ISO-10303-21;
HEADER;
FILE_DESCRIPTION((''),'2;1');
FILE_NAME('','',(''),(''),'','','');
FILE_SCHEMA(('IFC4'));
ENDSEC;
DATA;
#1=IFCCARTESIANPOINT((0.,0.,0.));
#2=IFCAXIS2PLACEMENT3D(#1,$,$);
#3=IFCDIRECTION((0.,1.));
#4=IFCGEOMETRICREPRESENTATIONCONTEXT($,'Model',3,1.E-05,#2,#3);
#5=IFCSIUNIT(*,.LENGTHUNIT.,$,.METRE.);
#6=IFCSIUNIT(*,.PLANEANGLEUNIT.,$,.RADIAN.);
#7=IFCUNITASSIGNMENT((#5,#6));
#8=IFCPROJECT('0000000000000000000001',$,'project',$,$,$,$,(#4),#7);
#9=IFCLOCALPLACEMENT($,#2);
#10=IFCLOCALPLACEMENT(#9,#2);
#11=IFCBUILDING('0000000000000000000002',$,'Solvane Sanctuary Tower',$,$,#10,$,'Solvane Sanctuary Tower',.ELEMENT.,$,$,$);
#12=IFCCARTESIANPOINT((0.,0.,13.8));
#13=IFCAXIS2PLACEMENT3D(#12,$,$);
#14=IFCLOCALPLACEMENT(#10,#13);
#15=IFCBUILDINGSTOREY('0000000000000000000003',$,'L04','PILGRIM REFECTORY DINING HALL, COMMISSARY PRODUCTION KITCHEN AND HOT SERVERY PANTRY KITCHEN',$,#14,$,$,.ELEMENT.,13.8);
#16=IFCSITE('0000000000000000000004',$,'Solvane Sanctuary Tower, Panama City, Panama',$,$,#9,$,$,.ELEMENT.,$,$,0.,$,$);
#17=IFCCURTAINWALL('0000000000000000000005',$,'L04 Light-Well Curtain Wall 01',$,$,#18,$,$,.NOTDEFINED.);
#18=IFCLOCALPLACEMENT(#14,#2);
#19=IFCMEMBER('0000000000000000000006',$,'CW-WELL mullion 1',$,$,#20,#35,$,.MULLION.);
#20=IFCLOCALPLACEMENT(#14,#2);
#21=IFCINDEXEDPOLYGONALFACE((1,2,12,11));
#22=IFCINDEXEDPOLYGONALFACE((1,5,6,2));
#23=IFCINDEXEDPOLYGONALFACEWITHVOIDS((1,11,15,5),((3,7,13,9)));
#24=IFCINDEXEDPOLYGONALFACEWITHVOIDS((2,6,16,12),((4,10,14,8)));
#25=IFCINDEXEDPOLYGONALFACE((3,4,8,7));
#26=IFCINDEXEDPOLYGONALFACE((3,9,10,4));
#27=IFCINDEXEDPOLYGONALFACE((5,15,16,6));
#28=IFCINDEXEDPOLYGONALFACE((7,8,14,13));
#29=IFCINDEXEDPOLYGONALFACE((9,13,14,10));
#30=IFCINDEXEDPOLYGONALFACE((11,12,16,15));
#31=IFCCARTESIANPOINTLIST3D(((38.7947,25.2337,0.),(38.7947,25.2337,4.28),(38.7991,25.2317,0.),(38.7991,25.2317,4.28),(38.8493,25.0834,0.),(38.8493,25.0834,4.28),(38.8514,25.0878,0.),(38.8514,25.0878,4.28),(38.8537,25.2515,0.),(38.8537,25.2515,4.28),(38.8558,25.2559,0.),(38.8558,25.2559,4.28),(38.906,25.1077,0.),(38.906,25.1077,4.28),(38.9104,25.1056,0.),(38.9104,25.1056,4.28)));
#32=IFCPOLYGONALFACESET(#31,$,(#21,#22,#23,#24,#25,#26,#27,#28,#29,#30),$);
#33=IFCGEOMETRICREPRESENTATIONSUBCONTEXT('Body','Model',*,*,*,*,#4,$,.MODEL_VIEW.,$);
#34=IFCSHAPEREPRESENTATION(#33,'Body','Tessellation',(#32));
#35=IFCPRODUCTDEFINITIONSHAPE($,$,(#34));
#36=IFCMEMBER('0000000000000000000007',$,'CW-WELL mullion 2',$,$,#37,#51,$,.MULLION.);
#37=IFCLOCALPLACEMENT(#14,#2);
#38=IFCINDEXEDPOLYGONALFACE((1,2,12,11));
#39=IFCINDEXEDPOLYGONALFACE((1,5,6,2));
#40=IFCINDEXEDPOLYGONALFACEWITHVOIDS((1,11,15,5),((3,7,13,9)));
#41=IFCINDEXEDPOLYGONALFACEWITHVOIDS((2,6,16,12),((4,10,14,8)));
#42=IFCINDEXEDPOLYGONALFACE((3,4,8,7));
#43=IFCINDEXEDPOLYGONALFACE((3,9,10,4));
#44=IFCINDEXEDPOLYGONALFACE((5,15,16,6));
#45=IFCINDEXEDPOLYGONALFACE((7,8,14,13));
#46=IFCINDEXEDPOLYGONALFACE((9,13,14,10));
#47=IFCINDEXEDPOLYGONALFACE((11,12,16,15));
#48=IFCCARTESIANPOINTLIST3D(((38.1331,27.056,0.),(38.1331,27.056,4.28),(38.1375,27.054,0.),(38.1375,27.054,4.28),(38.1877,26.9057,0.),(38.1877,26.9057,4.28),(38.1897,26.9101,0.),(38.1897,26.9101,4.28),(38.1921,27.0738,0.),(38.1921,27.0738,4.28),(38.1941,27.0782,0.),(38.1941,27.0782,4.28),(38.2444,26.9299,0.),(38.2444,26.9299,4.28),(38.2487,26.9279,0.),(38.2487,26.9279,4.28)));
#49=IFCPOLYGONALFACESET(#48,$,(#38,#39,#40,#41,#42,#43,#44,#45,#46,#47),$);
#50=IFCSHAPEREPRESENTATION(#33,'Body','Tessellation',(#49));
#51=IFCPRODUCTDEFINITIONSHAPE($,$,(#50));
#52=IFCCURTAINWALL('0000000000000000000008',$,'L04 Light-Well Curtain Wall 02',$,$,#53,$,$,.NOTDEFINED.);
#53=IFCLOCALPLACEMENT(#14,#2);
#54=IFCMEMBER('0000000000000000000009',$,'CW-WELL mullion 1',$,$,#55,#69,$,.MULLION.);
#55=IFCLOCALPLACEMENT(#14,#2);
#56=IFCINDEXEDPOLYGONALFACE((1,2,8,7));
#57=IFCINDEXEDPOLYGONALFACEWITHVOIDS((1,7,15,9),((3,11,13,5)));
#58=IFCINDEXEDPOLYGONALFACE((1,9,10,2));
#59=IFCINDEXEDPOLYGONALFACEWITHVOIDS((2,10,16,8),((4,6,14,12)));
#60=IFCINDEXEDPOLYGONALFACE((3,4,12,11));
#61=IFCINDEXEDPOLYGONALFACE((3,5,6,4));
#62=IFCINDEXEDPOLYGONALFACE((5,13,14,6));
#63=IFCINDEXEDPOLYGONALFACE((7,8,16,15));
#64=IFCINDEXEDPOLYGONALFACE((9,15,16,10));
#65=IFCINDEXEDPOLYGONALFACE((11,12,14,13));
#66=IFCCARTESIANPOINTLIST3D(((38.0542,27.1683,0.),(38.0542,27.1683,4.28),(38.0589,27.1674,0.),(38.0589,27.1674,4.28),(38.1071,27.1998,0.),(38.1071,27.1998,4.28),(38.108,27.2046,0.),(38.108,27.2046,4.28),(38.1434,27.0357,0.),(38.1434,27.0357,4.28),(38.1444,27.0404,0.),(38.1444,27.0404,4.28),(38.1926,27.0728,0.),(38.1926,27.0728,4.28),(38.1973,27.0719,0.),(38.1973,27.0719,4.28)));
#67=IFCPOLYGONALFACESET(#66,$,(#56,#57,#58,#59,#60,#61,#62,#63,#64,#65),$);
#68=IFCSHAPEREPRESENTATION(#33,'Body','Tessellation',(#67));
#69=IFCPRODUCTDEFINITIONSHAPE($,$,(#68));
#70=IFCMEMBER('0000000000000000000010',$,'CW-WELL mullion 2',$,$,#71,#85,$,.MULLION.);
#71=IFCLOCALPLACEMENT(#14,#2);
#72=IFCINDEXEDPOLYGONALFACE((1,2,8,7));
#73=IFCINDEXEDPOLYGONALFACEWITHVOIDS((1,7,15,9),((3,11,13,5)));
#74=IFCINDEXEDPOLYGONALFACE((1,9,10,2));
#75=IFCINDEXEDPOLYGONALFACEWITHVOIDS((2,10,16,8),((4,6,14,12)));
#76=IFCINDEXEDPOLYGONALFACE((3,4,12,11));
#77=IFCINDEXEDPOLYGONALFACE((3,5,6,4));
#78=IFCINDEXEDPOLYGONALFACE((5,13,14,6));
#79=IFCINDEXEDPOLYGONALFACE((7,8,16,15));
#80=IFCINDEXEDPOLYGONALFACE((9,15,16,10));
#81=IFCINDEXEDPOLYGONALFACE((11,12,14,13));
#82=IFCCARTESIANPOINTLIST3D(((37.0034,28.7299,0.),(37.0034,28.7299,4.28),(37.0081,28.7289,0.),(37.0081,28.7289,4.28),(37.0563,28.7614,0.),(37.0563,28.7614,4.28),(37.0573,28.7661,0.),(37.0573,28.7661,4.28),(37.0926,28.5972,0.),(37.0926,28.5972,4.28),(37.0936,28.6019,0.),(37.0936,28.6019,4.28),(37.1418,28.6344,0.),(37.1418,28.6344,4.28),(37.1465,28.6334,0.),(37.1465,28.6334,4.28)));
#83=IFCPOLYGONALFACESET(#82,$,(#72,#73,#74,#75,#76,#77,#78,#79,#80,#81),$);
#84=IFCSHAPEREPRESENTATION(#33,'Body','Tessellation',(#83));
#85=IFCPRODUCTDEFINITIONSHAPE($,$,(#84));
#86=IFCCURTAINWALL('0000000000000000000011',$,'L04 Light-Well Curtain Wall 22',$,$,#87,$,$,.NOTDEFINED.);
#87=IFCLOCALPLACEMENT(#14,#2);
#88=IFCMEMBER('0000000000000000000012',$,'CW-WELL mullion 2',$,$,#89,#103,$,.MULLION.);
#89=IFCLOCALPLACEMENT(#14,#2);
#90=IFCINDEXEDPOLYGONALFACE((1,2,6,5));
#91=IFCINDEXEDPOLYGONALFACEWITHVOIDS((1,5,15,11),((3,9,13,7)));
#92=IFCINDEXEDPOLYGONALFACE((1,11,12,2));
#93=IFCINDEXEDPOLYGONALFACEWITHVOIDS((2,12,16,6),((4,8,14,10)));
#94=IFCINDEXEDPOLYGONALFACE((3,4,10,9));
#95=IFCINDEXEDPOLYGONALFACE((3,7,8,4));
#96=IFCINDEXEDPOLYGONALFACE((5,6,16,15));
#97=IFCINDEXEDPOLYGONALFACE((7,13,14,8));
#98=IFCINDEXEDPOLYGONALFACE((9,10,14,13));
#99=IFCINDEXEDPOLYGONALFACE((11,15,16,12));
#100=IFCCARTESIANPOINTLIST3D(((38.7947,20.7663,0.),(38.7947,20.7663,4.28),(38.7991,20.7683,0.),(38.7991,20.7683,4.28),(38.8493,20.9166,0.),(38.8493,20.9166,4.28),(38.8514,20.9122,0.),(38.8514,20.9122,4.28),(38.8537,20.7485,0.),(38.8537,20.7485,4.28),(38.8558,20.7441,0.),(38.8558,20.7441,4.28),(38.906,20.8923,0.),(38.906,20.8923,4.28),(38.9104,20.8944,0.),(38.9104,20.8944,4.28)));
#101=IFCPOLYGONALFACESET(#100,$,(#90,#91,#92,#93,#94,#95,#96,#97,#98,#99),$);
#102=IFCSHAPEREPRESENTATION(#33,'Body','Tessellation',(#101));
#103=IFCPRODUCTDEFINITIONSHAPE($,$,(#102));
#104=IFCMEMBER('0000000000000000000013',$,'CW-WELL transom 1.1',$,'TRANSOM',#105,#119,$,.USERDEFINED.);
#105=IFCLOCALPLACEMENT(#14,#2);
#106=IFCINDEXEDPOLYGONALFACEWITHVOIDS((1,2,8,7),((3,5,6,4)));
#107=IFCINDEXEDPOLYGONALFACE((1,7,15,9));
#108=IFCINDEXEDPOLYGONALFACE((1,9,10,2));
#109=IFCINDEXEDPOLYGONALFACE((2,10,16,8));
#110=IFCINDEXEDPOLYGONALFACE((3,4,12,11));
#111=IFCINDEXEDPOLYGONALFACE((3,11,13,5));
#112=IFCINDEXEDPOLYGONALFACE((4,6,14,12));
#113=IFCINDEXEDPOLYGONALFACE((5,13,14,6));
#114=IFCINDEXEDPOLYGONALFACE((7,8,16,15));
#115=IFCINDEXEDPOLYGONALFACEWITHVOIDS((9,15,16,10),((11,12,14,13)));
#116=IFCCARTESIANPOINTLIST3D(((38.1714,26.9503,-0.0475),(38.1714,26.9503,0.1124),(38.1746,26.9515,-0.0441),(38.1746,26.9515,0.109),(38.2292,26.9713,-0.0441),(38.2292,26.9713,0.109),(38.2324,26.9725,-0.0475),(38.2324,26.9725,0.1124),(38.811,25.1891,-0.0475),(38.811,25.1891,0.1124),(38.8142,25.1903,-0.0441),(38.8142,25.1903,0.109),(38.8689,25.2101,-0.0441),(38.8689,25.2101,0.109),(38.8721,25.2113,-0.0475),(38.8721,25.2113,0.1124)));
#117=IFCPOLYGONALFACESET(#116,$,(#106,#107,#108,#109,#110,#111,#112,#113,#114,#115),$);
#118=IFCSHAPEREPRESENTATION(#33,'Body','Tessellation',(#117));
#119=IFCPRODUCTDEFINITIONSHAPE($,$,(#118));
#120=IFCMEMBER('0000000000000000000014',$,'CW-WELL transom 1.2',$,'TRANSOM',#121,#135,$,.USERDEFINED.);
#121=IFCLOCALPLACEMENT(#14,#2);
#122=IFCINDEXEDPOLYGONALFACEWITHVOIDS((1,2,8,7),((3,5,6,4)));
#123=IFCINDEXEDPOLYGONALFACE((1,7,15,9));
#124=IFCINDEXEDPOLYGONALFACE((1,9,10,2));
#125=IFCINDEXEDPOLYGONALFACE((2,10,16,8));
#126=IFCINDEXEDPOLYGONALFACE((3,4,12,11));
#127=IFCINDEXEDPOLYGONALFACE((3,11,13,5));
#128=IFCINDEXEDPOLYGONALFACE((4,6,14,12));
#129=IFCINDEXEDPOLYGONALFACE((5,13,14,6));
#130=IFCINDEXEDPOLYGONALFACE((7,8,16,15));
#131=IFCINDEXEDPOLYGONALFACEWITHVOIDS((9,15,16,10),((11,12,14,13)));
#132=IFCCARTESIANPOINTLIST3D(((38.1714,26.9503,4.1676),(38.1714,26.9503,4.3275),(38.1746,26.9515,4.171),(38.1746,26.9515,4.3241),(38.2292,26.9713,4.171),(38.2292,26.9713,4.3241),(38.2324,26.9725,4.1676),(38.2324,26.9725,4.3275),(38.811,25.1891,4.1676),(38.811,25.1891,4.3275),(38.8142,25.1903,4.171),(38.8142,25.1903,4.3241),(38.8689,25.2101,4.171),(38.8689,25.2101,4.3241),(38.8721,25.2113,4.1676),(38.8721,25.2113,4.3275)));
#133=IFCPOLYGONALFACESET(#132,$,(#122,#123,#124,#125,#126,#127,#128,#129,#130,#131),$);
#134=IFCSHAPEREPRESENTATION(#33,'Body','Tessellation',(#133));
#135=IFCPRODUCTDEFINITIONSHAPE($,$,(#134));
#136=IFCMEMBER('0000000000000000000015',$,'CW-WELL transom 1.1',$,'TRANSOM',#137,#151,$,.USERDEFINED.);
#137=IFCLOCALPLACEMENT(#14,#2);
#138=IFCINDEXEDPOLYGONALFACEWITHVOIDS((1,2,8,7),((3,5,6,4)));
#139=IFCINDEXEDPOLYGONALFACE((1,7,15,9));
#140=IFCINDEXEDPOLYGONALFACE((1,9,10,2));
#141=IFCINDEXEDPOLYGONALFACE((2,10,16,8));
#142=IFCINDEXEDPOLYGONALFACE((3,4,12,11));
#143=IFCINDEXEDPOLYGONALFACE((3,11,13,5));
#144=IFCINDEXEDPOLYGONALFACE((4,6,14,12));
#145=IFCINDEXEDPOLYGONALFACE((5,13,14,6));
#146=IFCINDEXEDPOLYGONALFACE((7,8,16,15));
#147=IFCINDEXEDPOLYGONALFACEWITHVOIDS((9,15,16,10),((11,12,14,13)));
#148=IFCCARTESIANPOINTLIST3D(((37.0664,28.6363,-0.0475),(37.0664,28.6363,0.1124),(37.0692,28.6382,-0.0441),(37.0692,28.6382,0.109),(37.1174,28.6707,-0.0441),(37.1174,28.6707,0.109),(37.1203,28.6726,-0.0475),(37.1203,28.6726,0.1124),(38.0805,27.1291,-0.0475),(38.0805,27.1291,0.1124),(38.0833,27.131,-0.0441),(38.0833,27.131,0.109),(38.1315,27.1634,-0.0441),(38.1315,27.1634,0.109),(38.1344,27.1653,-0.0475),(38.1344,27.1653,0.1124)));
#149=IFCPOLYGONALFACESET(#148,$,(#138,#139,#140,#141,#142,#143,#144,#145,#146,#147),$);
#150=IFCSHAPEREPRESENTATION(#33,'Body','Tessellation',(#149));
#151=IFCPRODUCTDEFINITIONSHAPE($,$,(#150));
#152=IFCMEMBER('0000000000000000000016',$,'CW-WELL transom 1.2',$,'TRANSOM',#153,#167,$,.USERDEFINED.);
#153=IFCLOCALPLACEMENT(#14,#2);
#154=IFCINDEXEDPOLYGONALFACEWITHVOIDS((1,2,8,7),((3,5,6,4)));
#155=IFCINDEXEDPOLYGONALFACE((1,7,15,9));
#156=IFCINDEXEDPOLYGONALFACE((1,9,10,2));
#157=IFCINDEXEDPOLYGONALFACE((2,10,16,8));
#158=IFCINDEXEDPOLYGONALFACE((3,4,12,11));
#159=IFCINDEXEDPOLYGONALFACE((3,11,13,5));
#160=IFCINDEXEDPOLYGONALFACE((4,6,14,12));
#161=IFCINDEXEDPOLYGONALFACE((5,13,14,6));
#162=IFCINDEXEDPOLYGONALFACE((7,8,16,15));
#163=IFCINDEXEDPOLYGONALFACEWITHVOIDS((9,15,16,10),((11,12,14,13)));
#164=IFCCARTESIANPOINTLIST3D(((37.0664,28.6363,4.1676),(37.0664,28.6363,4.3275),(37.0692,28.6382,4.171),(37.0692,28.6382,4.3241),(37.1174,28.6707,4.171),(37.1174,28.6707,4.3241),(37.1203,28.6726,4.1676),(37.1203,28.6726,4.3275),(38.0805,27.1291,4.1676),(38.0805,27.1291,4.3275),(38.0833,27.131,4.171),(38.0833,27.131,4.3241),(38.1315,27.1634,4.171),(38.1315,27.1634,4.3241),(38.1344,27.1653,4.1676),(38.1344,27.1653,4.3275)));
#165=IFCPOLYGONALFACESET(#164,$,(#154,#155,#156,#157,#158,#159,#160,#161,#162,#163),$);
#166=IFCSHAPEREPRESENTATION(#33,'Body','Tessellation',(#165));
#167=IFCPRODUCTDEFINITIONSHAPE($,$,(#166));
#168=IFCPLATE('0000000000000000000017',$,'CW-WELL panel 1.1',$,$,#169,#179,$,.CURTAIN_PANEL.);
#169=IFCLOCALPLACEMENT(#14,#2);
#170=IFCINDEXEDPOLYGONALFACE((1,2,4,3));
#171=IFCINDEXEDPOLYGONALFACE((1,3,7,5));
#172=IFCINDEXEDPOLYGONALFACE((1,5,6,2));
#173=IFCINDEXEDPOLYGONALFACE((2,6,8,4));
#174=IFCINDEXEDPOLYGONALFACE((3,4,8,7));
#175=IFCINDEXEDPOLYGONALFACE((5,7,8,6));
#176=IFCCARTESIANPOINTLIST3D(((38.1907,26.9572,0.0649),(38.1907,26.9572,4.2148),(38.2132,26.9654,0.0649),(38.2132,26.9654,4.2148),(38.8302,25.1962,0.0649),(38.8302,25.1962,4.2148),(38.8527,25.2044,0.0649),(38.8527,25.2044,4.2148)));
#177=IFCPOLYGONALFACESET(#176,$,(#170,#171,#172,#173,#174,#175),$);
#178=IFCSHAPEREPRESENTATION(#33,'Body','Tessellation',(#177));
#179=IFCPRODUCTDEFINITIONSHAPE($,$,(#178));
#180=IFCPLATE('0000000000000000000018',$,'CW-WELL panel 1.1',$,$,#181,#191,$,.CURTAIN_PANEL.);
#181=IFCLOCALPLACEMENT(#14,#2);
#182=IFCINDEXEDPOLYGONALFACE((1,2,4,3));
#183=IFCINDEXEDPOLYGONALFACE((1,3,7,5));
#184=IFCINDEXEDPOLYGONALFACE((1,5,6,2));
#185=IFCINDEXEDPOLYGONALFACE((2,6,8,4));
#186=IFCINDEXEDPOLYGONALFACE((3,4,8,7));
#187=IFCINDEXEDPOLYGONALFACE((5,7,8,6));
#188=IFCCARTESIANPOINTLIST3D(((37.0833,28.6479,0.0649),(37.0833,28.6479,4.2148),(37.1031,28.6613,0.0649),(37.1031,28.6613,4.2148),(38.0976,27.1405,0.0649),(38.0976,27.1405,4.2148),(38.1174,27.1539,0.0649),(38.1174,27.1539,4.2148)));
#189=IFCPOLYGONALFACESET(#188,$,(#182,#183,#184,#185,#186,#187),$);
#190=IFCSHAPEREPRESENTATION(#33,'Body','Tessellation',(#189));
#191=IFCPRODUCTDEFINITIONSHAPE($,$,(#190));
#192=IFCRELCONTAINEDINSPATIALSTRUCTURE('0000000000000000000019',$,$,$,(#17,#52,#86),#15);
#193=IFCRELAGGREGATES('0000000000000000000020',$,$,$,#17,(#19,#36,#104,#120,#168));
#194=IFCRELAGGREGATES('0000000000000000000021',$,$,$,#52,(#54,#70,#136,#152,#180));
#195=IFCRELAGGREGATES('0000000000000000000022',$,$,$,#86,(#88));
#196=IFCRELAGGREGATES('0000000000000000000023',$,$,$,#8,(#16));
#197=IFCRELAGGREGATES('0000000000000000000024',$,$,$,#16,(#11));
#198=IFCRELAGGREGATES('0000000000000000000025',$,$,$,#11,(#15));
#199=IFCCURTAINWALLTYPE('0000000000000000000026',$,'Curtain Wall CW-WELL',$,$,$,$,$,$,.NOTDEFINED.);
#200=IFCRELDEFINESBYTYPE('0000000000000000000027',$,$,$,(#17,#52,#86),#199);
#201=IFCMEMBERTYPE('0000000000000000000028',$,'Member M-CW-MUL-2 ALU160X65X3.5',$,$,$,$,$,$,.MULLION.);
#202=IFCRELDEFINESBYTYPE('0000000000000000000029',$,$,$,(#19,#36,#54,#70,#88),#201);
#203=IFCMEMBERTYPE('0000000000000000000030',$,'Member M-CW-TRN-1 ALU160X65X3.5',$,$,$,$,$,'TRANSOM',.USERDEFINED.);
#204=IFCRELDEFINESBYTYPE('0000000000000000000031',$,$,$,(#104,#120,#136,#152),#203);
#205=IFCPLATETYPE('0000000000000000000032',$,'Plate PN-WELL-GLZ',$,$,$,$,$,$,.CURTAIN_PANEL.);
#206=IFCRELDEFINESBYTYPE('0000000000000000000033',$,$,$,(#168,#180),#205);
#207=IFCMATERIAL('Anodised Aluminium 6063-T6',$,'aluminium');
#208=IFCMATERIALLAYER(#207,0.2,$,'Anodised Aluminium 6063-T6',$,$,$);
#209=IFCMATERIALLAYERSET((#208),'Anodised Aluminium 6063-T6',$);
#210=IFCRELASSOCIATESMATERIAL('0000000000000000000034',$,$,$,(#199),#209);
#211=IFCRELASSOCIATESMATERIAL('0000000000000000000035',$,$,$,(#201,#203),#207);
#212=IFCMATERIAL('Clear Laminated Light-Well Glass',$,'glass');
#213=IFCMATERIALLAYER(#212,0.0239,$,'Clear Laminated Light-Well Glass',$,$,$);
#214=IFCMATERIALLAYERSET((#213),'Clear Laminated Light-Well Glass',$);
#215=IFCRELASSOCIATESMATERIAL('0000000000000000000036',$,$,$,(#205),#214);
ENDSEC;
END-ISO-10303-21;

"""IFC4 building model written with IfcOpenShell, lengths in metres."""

from ifc_helpers import new_model, si_unit, direction, frame, origin, origin_2d, place, context, subcontext, project, spatial, rectangle, hollow_rectangle, extrude, material, layer, layer_set, material_profile, profile_set, type_object, element, aggregate, save


model = new_model("IFC4")

# Units and contexts
model_context = context("Model", 3, precision=1e-05, world=origin(), true_north=direction((0.0, 1.0)))
body_context = subcontext(model_context, "Body", "Model", "MODEL_VIEW")
ifc_project = project(units=[si_unit("LENGTHUNIT", "METRE"), si_unit("PLANEANGLEUNIT", "RADIAN")], contexts=[model_context])

# Site, building, storey
site_placement = place(None, origin())
site = spatial("IfcSite", under=ifc_project, at=site_placement, Name="Solvane Sanctuary Tower, Panama City, Panama", CompositionType="ELEMENT", RefElevation=0.0)
building_placement = place(site_placement, origin())
building = spatial("IfcBuilding", under=site, at=building_placement, Name="Solvane Sanctuary Tower", LongName="Solvane Sanctuary Tower", CompositionType="ELEMENT")
storey_placement = place(building_placement, frame((0.0, 0.0, 13.8)))
storey = spatial("IfcBuildingStorey", under=building, at=storey_placement, Name="L04", Description="PILGRIM REFECTORY DINING HALL, COMMISSARY PRODUCTION KITCHEN AND HOT SERVERY PANTRY KITCHEN", CompositionType="ELEMENT", Elevation=13.8)

# Curtain walls, members
ifc_material_1 = material(Name="Anodised Aluminium 6063-T6", Category="aluminium")
ifc_layer_1 = layer(ifc_material_1, 0.2, Name="Anodised Aluminium 6063-T6")
ifc_layer_set_1 = layer_set([ifc_layer_1], Name="Anodised Aluminium 6063-T6")
curtain_wall_type = type_object("IfcCurtainWallType", Name="Curtain Wall CW-WELL", PredefinedType="NOTDEFINED", material=ifc_layer_set_1)
curtain_wall_1_placement = place(storey_placement, origin())
curtain_wall_1 = element("IfcCurtainWall", 1, at=curtain_wall_1_placement, inside=storey, type_object=curtain_wall_type, Name="L04 Light-Well Curtain Wall 01", PredefinedType="NOTDEFINED")
ifc_material_profile_1 = material_profile(ifc_material_1, hollow_rectangle(XDim=0.0649, YDim=0.1599, WallThickness=0.0034, at=origin_2d()), Name="ALU160X65X3.5")
ifc_profile_set_1 = profile_set([ifc_material_profile_1], Name="Anodised Aluminium 6063-T6")
member_type_1 = type_object("IfcMemberType", Name="Member M-CW-MUL-2 ALU160X65X3.5", PredefinedType="MULLION", material=ifc_profile_set_1)
member_1_placement = place(storey_placement, frame((38.8525, 25.1697, 0.0), z_axis=(0.0, 0.0, 1.0), x_axis=(-0.939938, -0.341346, 0.0)))
member_1 = element("IfcMember", 2, at=member_1_placement, type_object=member_type_1, Name="CW-WELL mullion 1", PredefinedType="MULLION", context=body_context, shape_type="SweptSolid", body=[
    extrude(hollow_rectangle(XDim=0.0649, YDim=0.1599, WallThickness=0.0034, at=origin_2d()), origin(), (0.0, 0.0, 1.0), 4.28),
])
member_2_placement = place(storey_placement, frame((38.1909, 26.9919, 0.0), z_axis=(0.0, 0.0, 1.0), x_axis=(-0.939938, -0.341346, 0.0)))
member_2 = element("IfcMember", 3, at=member_2_placement, type_object=member_type_1, Name="CW-WELL mullion 2", PredefinedType="MULLION", context=body_context, shape_type="SweptSolid", body=[
    extrude(hollow_rectangle(XDim=0.0649, YDim=0.1599, WallThickness=0.0034, at=origin_2d()), origin(), (0.0, 0.0, 1.0), 4.28),
])
curtain_wall_2_placement = place(storey_placement, origin())
curtain_wall_2 = element("IfcCurtainWall", 4, at=curtain_wall_2_placement, inside=storey, type_object=curtain_wall_type, Name="L04 Light-Well Curtain Wall 02", PredefinedType="NOTDEFINED")
member_3_placement = place(storey_placement, frame((38.1257, 27.1201, 0.0), z_axis=(0.0, 0.0, 1.0), x_axis=(-0.829664, -0.558263, 0.0)))
member_3 = element("IfcMember", 5, at=member_3_placement, type_object=member_type_1, Name="CW-WELL mullion 1", PredefinedType="MULLION", context=body_context, shape_type="SweptSolid", body=[
    extrude(hollow_rectangle(XDim=0.0649, YDim=0.1599, WallThickness=0.0034, at=origin_2d()), origin(), (0.0, 0.0, 1.0), 4.28),
])
member_4_placement = place(storey_placement, frame((37.075, 28.6816, 0.0), z_axis=(0.0, 0.0, 1.0), x_axis=(-0.829664, -0.558263, 0.0)))
member_4 = element("IfcMember", 6, at=member_4_placement, type_object=member_type_1, Name="CW-WELL mullion 2", PredefinedType="MULLION", context=body_context, shape_type="SweptSolid", body=[
    extrude(hollow_rectangle(XDim=0.0649, YDim=0.1599, WallThickness=0.0034, at=origin_2d()), origin(), (0.0, 0.0, 1.0), 4.28),
])

# Curtain wall, member
curtain_wall_3_placement = place(storey_placement, origin())
curtain_wall_3 = element("IfcCurtainWall", 7, at=curtain_wall_3_placement, inside=storey, type_object=curtain_wall_type, Name="L04 Light-Well Curtain Wall 22", PredefinedType="NOTDEFINED")
member_5_placement = place(storey_placement, frame((38.8525, 20.8303, 0.0), z_axis=(0.0, 0.0, 1.0), x_axis=(-0.939938, 0.341346, 0.0)))
member_5 = element("IfcMember", 8, at=member_5_placement, type_object=member_type_1, Name="CW-WELL mullion 2", PredefinedType="MULLION", context=body_context, shape_type="SweptSolid", body=[
    extrude(hollow_rectangle(XDim=0.0649, YDim=0.1599, WallThickness=0.0034, at=origin_2d()), origin(), (0.0, 0.0, 1.0), 4.28),
])

# Members
ifc_material_profile_2 = material_profile(ifc_material_1, hollow_rectangle(XDim=0.0649, YDim=0.1599, WallThickness=0.0034, at=origin_2d()), Name="ALU160X65X3.5")
ifc_profile_set_2 = profile_set([ifc_material_profile_2], Name="Anodised Aluminium 6063-T6")
member_type_2 = type_object("IfcMemberType", Name="Member M-CW-TRN-1 ALU160X65X3.5", ElementType="TRANSOM", PredefinedType="USERDEFINED", material=ifc_profile_set_2)
member_6_placement = place(storey_placement, frame((38.8416, 25.2002, 0.0325), z_axis=(-0.341366, 0.93993, 0.0), x_axis=(-0.93993, -0.341366, 0.0)))
member_6 = element("IfcMember", 9, at=member_6_placement, type_object=member_type_2, Name="CW-WELL transom 1.1", ObjectType="TRANSOM", PredefinedType="USERDEFINED", context=body_context, shape_type="SweptSolid", body=[
    extrude(hollow_rectangle(XDim=0.0649, YDim=0.1599, WallThickness=0.0034, at=origin_2d()), origin(), (0.0, 0.0, 1.0), 1.8738),
])
member_7_placement = place(storey_placement, frame((38.8416, 25.2002, 4.2476), z_axis=(-0.341366, 0.93993, 0.0), x_axis=(-0.93993, -0.341366, 0.0)))
member_7 = element("IfcMember", 10, at=member_7_placement, type_object=member_type_2, Name="CW-WELL transom 1.2", ObjectType="TRANSOM", PredefinedType="USERDEFINED", context=body_context, shape_type="SweptSolid", body=[
    extrude(hollow_rectangle(XDim=0.0649, YDim=0.1599, WallThickness=0.0034, at=origin_2d()), origin(), (0.0, 0.0, 1.0), 1.8738),
])
member_8_placement = place(storey_placement, frame((38.1074, 27.1472, 0.0325), z_axis=(-0.558231, 0.829686, 0.0), x_axis=(-0.829686, -0.558231, 0.0)))
member_8 = element("IfcMember", 11, at=member_8_placement, type_object=member_type_2, Name="CW-WELL transom 1.1", ObjectType="TRANSOM", PredefinedType="USERDEFINED", context=body_context, shape_type="SweptSolid", body=[
    extrude(hollow_rectangle(XDim=0.0649, YDim=0.1599, WallThickness=0.0034, at=origin_2d()), origin(), (0.0, 0.0, 1.0), 1.8167),
])
member_9_placement = place(storey_placement, frame((38.1074, 27.1472, 4.2476), z_axis=(-0.558231, 0.829686, 0.0), x_axis=(-0.829686, -0.558231, 0.0)))
member_9 = element("IfcMember", 12, at=member_9_placement, type_object=member_type_2, Name="CW-WELL transom 1.2", ObjectType="TRANSOM", PredefinedType="USERDEFINED", context=body_context, shape_type="SweptSolid", body=[
    extrude(hollow_rectangle(XDim=0.0649, YDim=0.1599, WallThickness=0.0034, at=origin_2d()), origin(), (0.0, 0.0, 1.0), 1.8167),
])

# Plates
ifc_material_2 = material(Name="Clear Laminated Light-Well Glass", Category="glass")
ifc_layer_2 = layer(ifc_material_2, 0.0239, Name="Clear Laminated Light-Well Glass")
ifc_layer_set_2 = layer_set([ifc_layer_2], Name="Clear Laminated Light-Well Glass")
plate_type = type_object("IfcPlateType", Name="Plate PN-WELL-GLZ", PredefinedType="CURTAIN_PANEL", material=ifc_layer_set_2)
plate_1_placement = place(storey_placement, frame((38.5217, 26.0808, 0.0649), z_axis=(0.0, 0.0, 1.0), x_axis=(-0.341346, 0.939938, 0.0)))
plate_1 = element("IfcPlate", 13, at=plate_1_placement, type_object=plate_type, Name="CW-WELL panel 1.1", PredefinedType="CURTAIN_PANEL", context=body_context, shape_type="SweptSolid", body=[
    extrude(rectangle(XDim=1.8735, YDim=0.0239, at=origin_2d()), origin(), (0.0, 0.0, 1.0), 4.1499),
])
aggregate(curtain_wall_1, [member_1, member_2, member_6, member_7, plate_1])
plate_2_placement = place(storey_placement, frame((37.6003, 27.9009, 0.0649), z_axis=(0.0, 0.0, 1.0), x_axis=(-0.558263, 0.829664, 0.0)))
plate_2 = element("IfcPlate", 14, at=plate_2_placement, type_object=plate_type, Name="CW-WELL panel 1.1", PredefinedType="CURTAIN_PANEL", context=body_context, shape_type="SweptSolid", body=[
    extrude(rectangle(XDim=1.8169, YDim=0.0239, at=origin_2d()), origin(), (0.0, 0.0, 1.0), 4.1499),
])
aggregate(curtain_wall_2, [member_3, member_4, member_8, member_9, plate_2])
aggregate(curtain_wall_3, [member_5])

save(model, "model.ifc")
